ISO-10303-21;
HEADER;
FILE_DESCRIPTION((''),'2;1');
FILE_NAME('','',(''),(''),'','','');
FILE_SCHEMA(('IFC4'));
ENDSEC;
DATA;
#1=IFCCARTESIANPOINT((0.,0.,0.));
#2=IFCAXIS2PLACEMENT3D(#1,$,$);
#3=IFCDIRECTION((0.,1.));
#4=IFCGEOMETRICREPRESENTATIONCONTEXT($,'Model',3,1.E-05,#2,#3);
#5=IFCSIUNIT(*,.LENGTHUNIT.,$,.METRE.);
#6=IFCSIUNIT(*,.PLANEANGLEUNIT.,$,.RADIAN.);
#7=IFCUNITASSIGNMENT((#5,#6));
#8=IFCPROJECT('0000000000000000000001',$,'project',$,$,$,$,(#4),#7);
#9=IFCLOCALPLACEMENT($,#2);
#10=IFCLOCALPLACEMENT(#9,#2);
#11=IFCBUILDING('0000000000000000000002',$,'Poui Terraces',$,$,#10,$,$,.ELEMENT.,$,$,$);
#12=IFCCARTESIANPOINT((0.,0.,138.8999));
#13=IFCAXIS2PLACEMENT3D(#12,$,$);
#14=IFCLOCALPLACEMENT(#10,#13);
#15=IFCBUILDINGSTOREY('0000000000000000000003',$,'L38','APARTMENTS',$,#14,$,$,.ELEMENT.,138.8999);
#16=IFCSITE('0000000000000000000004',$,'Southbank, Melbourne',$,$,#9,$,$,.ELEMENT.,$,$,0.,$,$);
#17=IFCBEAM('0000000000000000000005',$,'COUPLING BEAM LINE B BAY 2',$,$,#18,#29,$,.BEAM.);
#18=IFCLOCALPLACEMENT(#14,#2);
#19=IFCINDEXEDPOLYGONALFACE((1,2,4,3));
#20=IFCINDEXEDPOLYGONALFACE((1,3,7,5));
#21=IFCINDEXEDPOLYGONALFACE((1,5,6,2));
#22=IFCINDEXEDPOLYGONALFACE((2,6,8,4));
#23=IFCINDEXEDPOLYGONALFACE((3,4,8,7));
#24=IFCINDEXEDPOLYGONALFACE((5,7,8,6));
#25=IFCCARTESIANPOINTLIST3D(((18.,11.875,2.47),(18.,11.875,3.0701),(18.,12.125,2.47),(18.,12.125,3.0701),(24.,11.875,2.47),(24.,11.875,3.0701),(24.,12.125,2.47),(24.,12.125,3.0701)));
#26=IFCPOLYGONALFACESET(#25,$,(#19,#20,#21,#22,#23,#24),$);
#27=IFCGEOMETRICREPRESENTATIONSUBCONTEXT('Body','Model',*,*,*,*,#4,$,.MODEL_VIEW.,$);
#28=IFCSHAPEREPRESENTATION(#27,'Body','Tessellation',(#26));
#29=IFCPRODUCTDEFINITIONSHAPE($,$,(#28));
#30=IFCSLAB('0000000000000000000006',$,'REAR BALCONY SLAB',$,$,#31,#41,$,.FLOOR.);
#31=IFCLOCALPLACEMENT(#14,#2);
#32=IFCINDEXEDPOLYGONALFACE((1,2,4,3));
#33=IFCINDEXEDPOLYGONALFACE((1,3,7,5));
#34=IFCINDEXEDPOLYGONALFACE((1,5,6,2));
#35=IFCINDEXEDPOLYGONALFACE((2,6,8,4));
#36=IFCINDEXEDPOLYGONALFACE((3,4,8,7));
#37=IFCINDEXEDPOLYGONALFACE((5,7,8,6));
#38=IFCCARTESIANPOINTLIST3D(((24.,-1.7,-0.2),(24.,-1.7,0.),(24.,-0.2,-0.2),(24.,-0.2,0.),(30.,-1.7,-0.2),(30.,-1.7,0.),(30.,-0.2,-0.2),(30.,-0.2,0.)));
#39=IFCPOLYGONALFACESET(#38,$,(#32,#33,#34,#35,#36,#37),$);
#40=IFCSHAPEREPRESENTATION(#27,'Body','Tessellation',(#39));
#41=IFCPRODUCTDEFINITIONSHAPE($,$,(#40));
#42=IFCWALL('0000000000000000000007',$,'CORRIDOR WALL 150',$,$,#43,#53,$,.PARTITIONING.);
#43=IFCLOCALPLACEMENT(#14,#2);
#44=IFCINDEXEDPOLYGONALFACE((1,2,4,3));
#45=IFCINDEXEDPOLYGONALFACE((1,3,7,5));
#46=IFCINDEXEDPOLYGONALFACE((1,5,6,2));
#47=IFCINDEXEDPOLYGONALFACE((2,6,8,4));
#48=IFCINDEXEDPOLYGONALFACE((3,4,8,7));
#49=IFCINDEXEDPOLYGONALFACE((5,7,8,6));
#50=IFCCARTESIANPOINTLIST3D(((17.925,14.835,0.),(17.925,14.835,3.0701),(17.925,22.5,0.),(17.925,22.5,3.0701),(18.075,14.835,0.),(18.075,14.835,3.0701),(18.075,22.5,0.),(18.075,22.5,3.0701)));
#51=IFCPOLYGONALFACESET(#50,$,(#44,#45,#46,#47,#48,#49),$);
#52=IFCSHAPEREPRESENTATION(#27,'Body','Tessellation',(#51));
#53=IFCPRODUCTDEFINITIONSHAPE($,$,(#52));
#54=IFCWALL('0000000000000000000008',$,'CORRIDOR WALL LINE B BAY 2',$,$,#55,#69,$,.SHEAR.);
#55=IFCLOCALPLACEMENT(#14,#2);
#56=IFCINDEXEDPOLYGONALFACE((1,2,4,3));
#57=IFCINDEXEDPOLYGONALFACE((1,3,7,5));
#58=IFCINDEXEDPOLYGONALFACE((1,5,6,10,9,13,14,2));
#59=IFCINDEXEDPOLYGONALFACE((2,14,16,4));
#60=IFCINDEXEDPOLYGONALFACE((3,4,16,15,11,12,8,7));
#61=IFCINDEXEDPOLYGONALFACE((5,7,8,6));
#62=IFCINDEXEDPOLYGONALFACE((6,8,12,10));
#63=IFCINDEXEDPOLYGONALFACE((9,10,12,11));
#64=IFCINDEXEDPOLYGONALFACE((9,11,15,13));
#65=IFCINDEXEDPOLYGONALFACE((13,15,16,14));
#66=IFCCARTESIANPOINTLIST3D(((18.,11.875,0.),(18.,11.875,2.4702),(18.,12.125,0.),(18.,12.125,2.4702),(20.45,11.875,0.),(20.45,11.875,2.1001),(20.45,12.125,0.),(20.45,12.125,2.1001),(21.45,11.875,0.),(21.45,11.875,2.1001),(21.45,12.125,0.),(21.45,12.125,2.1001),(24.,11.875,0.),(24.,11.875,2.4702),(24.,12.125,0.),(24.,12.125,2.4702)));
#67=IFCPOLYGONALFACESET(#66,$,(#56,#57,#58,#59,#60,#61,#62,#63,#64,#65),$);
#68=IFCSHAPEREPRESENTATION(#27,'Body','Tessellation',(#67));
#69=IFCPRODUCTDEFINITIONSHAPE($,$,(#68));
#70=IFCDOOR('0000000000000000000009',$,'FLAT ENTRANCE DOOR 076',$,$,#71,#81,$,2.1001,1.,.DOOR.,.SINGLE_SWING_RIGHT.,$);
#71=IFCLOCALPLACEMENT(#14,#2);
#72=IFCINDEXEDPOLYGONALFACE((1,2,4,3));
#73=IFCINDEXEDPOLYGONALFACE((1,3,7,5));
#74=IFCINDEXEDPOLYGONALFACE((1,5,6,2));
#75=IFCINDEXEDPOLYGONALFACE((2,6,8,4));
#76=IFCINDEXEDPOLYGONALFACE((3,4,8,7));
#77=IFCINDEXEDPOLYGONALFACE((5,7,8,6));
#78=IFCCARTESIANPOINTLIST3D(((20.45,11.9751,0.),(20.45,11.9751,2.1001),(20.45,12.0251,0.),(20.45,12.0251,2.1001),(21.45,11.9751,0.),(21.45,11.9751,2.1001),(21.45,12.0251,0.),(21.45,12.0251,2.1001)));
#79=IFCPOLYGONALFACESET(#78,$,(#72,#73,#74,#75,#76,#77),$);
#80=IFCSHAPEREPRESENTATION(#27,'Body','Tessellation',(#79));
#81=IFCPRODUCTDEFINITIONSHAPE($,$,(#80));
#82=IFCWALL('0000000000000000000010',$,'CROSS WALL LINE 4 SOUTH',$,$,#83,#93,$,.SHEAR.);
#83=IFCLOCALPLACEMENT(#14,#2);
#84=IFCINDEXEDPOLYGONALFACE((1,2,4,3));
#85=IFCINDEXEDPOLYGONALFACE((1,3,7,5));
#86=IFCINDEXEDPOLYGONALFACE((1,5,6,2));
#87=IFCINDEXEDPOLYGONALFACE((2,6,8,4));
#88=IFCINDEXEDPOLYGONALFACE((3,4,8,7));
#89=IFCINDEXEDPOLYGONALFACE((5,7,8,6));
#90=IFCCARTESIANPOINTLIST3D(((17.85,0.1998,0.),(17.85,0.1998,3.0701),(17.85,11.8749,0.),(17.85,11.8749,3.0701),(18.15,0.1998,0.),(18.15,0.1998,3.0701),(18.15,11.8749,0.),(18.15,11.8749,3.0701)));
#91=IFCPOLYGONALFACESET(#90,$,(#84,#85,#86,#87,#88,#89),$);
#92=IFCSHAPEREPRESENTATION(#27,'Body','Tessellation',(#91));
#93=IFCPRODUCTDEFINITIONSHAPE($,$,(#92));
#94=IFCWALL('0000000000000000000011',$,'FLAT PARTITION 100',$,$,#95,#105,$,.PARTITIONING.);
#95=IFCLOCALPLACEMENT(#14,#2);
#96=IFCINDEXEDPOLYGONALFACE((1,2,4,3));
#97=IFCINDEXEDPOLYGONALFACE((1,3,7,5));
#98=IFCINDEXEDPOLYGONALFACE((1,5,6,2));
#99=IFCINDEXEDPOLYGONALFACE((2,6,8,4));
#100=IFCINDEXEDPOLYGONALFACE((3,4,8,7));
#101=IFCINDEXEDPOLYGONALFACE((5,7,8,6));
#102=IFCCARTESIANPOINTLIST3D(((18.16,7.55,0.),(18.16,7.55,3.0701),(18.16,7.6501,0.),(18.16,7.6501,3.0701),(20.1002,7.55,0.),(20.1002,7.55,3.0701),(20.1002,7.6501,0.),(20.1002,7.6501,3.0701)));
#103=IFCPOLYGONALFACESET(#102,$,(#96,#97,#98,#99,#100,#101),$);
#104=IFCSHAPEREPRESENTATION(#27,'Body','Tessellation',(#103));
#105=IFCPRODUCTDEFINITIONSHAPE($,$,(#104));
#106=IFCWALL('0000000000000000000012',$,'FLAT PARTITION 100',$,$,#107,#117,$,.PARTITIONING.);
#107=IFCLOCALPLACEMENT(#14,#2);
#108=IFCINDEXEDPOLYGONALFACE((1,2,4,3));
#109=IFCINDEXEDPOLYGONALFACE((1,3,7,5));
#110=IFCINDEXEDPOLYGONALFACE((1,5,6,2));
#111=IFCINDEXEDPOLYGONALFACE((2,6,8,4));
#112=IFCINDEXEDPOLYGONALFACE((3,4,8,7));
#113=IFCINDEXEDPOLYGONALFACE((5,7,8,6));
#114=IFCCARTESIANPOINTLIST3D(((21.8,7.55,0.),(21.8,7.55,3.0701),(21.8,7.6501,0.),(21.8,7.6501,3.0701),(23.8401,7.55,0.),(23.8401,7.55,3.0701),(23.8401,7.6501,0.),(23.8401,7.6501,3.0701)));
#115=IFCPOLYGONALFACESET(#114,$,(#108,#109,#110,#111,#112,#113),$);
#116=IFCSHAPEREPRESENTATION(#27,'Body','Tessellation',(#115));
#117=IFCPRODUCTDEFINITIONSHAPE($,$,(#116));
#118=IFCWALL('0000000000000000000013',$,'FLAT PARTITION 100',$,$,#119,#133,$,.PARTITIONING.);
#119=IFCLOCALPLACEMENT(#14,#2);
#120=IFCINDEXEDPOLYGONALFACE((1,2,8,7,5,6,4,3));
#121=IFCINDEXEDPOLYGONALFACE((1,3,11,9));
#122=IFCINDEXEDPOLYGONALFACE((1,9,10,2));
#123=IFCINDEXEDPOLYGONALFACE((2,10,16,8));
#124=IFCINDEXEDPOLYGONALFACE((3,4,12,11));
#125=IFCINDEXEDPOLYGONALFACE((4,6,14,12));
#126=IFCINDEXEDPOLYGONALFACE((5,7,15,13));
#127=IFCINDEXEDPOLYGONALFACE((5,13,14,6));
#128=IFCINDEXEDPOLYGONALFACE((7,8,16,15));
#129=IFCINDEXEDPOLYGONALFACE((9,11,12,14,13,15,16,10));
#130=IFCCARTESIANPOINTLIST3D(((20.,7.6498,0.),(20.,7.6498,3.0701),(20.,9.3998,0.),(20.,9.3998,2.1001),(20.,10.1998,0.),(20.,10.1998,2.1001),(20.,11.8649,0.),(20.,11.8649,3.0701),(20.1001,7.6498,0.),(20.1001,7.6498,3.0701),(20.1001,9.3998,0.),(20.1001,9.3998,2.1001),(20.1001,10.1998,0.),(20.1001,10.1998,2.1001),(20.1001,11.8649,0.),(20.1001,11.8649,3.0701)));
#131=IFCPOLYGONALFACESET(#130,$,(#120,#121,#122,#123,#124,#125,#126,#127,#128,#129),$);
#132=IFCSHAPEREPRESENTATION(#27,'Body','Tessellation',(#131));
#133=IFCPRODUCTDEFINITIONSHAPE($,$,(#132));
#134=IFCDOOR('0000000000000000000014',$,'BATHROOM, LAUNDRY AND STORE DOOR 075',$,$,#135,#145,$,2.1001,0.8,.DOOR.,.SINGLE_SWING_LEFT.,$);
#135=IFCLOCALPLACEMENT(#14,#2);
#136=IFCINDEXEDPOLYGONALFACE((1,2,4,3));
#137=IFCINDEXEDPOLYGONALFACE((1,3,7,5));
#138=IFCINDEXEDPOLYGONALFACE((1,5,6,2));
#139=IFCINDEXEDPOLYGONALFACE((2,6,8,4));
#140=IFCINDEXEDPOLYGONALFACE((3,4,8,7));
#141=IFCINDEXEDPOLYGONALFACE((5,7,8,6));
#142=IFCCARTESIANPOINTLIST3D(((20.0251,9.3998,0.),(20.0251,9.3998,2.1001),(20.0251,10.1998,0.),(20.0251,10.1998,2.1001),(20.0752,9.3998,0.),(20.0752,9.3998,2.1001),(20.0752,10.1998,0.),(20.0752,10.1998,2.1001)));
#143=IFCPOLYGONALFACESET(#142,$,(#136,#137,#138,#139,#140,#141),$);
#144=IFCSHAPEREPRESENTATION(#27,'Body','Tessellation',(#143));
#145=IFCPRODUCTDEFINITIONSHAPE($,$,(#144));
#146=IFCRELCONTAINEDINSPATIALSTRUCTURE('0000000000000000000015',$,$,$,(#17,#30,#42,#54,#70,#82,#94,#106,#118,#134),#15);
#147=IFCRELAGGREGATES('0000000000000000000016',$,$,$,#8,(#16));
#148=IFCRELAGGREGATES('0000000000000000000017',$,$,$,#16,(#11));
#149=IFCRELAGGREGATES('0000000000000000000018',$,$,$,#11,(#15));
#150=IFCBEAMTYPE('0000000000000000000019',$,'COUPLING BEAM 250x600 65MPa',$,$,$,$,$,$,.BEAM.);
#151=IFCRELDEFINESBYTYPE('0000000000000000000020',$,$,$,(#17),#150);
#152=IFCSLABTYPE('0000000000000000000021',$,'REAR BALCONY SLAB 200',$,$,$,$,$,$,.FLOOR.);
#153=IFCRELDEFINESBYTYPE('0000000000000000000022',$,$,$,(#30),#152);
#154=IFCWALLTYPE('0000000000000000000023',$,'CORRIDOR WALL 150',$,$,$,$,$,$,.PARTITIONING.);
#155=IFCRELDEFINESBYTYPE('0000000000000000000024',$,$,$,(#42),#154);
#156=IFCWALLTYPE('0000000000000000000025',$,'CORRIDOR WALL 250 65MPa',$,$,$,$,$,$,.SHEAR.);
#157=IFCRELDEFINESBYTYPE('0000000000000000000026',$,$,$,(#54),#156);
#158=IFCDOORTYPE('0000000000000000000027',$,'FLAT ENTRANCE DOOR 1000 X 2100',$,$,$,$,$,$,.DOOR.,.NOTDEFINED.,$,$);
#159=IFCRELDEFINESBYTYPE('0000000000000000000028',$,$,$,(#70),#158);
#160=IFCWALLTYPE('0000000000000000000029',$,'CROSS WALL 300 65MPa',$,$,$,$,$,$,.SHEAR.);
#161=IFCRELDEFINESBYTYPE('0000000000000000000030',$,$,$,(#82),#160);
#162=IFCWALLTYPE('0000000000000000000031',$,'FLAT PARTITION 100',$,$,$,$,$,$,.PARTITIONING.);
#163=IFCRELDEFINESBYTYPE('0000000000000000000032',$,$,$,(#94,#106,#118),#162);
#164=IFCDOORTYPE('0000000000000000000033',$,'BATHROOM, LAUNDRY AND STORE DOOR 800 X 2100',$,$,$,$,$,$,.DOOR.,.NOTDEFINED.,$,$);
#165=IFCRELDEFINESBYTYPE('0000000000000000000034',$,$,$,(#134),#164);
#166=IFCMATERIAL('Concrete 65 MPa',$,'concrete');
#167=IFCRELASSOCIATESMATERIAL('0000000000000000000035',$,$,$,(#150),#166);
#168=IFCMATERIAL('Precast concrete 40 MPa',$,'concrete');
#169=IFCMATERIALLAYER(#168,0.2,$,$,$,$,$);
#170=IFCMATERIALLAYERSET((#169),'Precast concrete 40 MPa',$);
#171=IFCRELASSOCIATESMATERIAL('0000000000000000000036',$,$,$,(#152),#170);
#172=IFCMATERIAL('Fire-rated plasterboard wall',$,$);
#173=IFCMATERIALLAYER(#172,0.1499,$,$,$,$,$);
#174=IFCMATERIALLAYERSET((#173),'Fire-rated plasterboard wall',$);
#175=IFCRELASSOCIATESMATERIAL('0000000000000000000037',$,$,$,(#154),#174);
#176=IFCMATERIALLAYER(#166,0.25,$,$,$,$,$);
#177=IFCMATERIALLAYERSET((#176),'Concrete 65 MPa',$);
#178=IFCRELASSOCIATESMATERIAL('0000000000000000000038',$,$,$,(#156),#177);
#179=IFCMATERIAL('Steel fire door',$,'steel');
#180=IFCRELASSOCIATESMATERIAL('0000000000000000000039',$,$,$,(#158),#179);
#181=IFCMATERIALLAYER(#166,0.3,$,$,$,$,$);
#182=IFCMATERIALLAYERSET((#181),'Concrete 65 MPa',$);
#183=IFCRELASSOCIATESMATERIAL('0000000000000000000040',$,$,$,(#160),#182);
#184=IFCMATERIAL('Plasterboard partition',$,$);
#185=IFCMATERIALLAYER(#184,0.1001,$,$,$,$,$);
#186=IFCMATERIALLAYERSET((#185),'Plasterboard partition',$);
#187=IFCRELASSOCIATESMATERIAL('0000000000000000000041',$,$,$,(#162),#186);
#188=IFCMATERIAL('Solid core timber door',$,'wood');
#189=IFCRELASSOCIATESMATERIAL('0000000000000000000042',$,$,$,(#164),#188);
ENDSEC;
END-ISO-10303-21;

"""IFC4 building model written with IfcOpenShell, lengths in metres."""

from ifc_helpers import new_model, si_unit, direction, frame, frame_2d, origin, origin_2d, place, context, subcontext, project, spatial, polyline, rectangle, outline, extrude, source, transform, mapped, material, layer, layer_set, material_profile, profile_set, type_object, element, fill, save


model = new_model("IFC4")

# Units and contexts
model_context = context("Model", 3, precision=1e-05, world=origin(), true_north=direction((0.0, 1.0)))
body_context = subcontext(model_context, "Body", "Model", "MODEL_VIEW")
ifc_project = project(units=[si_unit("LENGTHUNIT", "METRE"), si_unit("PLANEANGLEUNIT", "RADIAN")], contexts=[model_context])

# Site, building, storey
site_placement = place(None, origin())
site = spatial("IfcSite", under=ifc_project, at=site_placement, Name="Southbank, Melbourne", CompositionType="ELEMENT", RefElevation=0.0)
building_placement = place(site_placement, origin())
building = spatial("IfcBuilding", under=site, at=building_placement, Name="Poui Terraces", CompositionType="ELEMENT")
storey_placement = place(building_placement, frame((0.0, 0.0, 138.8999)))
storey = spatial("IfcBuildingStorey", under=building, at=storey_placement, Name="L38", Description="APARTMENTS", CompositionType="ELEMENT", Elevation=138.8999)

# Beam
ifc_material_1 = material(Name="Concrete 65 MPa", Category="concrete")
ifc_material_profile = material_profile(ifc_material_1, rectangle(XDim=0.25, YDim=0.6001, at=origin_2d()), Name="RC 250x600")
ifc_profile_set = profile_set([ifc_material_profile], Name="Concrete 65 MPa")
beam_type = type_object("IfcBeamType", Name="COUPLING BEAM 250x600 65MPa", PredefinedType="BEAM", material=ifc_profile_set)
shared_shape_1 = source(origin(), body_context, "Body", "SweptSolid", [
    extrude(rectangle(XDim=0.25, YDim=0.6001, at=origin_2d()), origin(), (0.0, 0.0, 1.0), 6.0),
])
beam_placement = place(storey_placement, frame((18.0, 12.0, 2.77), z_axis=(1.0, 0.0, 0.0), x_axis=(0.0, 1.0, 0.0)))
element("IfcBeam", 1, at=beam_placement, inside=storey, type_object=beam_type, Name="COUPLING BEAM LINE B BAY 2", PredefinedType="BEAM", context=body_context, shape_type="MappedRepresentation", body=[
    mapped(shared_shape_1, transform((0.0, 0.0, 0.0))),
])

# Slab
ifc_material_2 = material(Name="Precast concrete 40 MPa", Category="concrete")
ifc_layer_1 = layer(ifc_material_2, 0.2)
ifc_layer_set_1 = layer_set([ifc_layer_1], Name="Precast concrete 40 MPa")
slab_type = type_object("IfcSlabType", Name="REAR BALCONY SLAB 200", PredefinedType="FLOOR", material=ifc_layer_set_1)
shared_shape_2 = source(origin(), body_context, "Body", "SweptSolid", [
    extrude(outline(polyline([(0.0, 0.0), (6.0, 0.0), (6.0, 1.5), (0.0, 1.5), (0.0, 0.0)])), origin(), (0.0, 0.0, 1.0), 0.2),
])
slab_placement = place(storey_placement, frame((24.0, -1.7, -0.2)))
element("IfcSlab", 2, at=slab_placement, inside=storey, type_object=slab_type, Name="REAR BALCONY SLAB", PredefinedType="FLOOR", context=body_context, shape_type="MappedRepresentation", body=[
    mapped(shared_shape_2, transform((0.0, 0.0, 0.0))),
])

# Wall
ifc_material_3 = material(Name="Fire-rated plasterboard wall")
ifc_layer_2 = layer(ifc_material_3, 0.1499)
ifc_layer_set_2 = layer_set([ifc_layer_2], Name="Fire-rated plasterboard wall")
wall_type_1 = type_object("IfcWallType", Name="CORRIDOR WALL 150", PredefinedType="PARTITIONING", material=ifc_layer_set_2)
wall_1_placement = place(storey_placement, frame((18.0, 14.835, 0.0), z_axis=(0.0, 0.0, 1.0), x_axis=(0.0, 1.0, 0.0)))
element("IfcWall", 3, at=wall_1_placement, inside=storey, type_object=wall_type_1, Name="CORRIDOR WALL 150", PredefinedType="PARTITIONING", context=body_context, shape_type="SweptSolid", body=[
    extrude(rectangle(XDim=7.665, YDim=0.1499, at=frame_2d((3.8325, 0.0))), origin(), (0.0, 0.0, 1.0), 3.0701),
])

# Wall, opening, door
ifc_layer_3 = layer(ifc_material_1, 0.25)
ifc_layer_set_3 = layer_set([ifc_layer_3], Name="Concrete 65 MPa")
wall_type_2 = type_object("IfcWallType", Name="CORRIDOR WALL 250 65MPa", PredefinedType="SHEAR", material=ifc_layer_set_3)
wall_2_placement = place(storey_placement, frame((18.0, 12.0, 0.0), z_axis=(0.0, 0.0, 1.0), x_axis=(1.0, 0.0, 0.0)))
wall_2 = element("IfcWall", 4, at=wall_2_placement, inside=storey, type_object=wall_type_2, Name="CORRIDOR WALL LINE B BAY 2", PredefinedType="SHEAR", context=body_context, shape_type="SweptSolid", body=[
    extrude(rectangle(XDim=6.0, YDim=0.25, at=frame_2d((3.0, 0.0))), origin(), (0.0, 0.0, 1.0), 2.4702),
])
opening_1_placement = place(wall_2_placement, frame((2.45, 0.0, 0.0)))
opening_1 = element("IfcOpeningElement", 5, at=opening_1_placement, cuts=wall_2, PredefinedType="OPENING", context=body_context, shape_type="SweptSolid", body=[
    extrude(rectangle(XDim=1.0, YDim=2.1001, at=frame_2d((0.5, 1.05))), frame((0.0, 0.135, 0.0), z_axis=(0.0, -1.0, 0.0), x_axis=(1.0, 0.0, 0.0)), (0.0, 0.0, 1.0), 0.27),
])
ifc_material_4 = material(Name="Steel fire door", Category="steel")
door_type_1 = type_object("IfcDoorType", Name="FLAT ENTRANCE DOOR 1000 X 2100", OperationType="NOTDEFINED", PredefinedType="DOOR", material=ifc_material_4)
door_1_placement = place(opening_1_placement, frame((1.0, 0.0, 0.0), z_axis=(0.0, 0.0, 1.0), x_axis=(-1.0, 0.0, 0.0)))
door_1 = element("IfcDoor", 6, at=door_1_placement, inside=storey, type_object=door_type_1, Name="FLAT ENTRANCE DOOR 076", OperationType="SINGLE_SWING_RIGHT", OverallHeight=2.1001, OverallWidth=1.0, PredefinedType="DOOR", context=body_context, shape_type="SweptSolid", body=[
    extrude(rectangle(XDim=1.0, YDim=2.1001, at=frame_2d((0.5, 1.05))), frame((0.0, 0.0249, 0.0), z_axis=(0.0, -1.0, 0.0), x_axis=(1.0, 0.0, 0.0)), (0.0, 0.0, 1.0), 0.05),
])
fill(opening_1, door_1)

# Walls
ifc_layer_4 = layer(ifc_material_1, 0.3)
ifc_layer_set_4 = layer_set([ifc_layer_4], Name="Concrete 65 MPa")
wall_type_3 = type_object("IfcWallType", Name="CROSS WALL 300 65MPa", PredefinedType="SHEAR", material=ifc_layer_set_4)
wall_3_placement = place(storey_placement, frame((18.0, 0.2, 0.0), z_axis=(0.0, 0.0, 1.0), x_axis=(0.0, 1.0, 0.0)))
element("IfcWall", 7, at=wall_3_placement, inside=storey, type_object=wall_type_3, Name="CROSS WALL LINE 4 SOUTH", PredefinedType="SHEAR", context=body_context, shape_type="SweptSolid", body=[
    extrude(rectangle(XDim=11.675, YDim=0.3, at=frame_2d((5.8374, 0.0))), origin(), (0.0, 0.0, 1.0), 3.0701),
])
ifc_material_5 = material(Name="Plasterboard partition")
ifc_layer_5 = layer(ifc_material_5, 0.1001)
ifc_layer_set_5 = layer_set([ifc_layer_5], Name="Plasterboard partition")
wall_type_4 = type_object("IfcWallType", Name="FLAT PARTITION 100", PredefinedType="PARTITIONING", material=ifc_layer_set_5)
wall_4_placement = place(storey_placement, frame((18.1599, 7.6001, 0.0), z_axis=(0.0, 0.0, 1.0), x_axis=(1.0, 0.0, 0.0)))
element("IfcWall", 8, at=wall_4_placement, inside=storey, type_object=wall_type_4, Name="FLAT PARTITION 100", PredefinedType="PARTITIONING", context=body_context, shape_type="SweptSolid", body=[
    extrude(rectangle(XDim=1.9402, YDim=0.1001, at=frame_2d((0.9702, 0.0))), origin(), (0.0, 0.0, 1.0), 3.0701),
])
wall_5_placement = place(storey_placement, frame((21.8, 7.6001, 0.0), z_axis=(0.0, 0.0, 1.0), x_axis=(1.0, 0.0, 0.0)))
element("IfcWall", 9, at=wall_5_placement, inside=storey, type_object=wall_type_4, Name="FLAT PARTITION 100", PredefinedType="PARTITIONING", context=body_context, shape_type="SweptSolid", body=[
    extrude(rectangle(XDim=2.04, YDim=0.1001, at=frame_2d((1.02, 0.0))), origin(), (0.0, 0.0, 1.0), 3.0701),
])

# Wall, opening, door
wall_6_placement = place(storey_placement, frame((20.05, 7.6499, 0.0), z_axis=(0.0, 0.0, 1.0), x_axis=(0.0, 1.0, 0.0)))
wall_6 = element("IfcWall", 10, at=wall_6_placement, inside=storey, type_object=wall_type_4, Name="FLAT PARTITION 100", PredefinedType="PARTITIONING", context=body_context, shape_type="SweptSolid", body=[
    extrude(rectangle(XDim=4.2151, YDim=0.1001, at=frame_2d((2.1074, 0.0))), origin(), (0.0, 0.0, 1.0), 3.0701),
])
opening_2_placement = place(wall_6_placement, frame((1.75, 0.0, 0.0)))
opening_2 = element("IfcOpeningElement", 11, at=opening_2_placement, cuts=wall_6, PredefinedType="OPENING", context=body_context, shape_type="SweptSolid", body=[
    extrude(rectangle(XDim=0.8, YDim=2.1001, at=frame_2d((0.3999, 1.05))), frame((0.0, 0.0601, 0.0), z_axis=(0.0, -1.0, 0.0), x_axis=(1.0, 0.0, 0.0)), (0.0, 0.0, 1.0), 0.1201),
])
ifc_material_6 = material(Name="Solid core timber door", Category="wood")
door_type_2 = type_object("IfcDoorType", Name="BATHROOM, LAUNDRY AND STORE DOOR 800 X 2100", OperationType="NOTDEFINED", PredefinedType="DOOR", material=ifc_material_6)
door_2_placement = place(opening_2_placement, origin())
door_2 = element("IfcDoor", 12, at=door_2_placement, inside=storey, type_object=door_type_2, Name="BATHROOM, LAUNDRY AND STORE DOOR 075", OperationType="SINGLE_SWING_LEFT", OverallHeight=2.1001, OverallWidth=0.8, PredefinedType="DOOR", context=body_context, shape_type="SweptSolid", body=[
    extrude(rectangle(XDim=0.8, YDim=2.1001, at=frame_2d((0.3999, 1.05))), frame((0.0, 0.0249, 0.0), z_axis=(0.0, -1.0, 0.0), x_axis=(1.0, 0.0, 0.0)), (0.0, 0.0, 1.0), 0.05),
])
fill(opening_2, door_2)

save(model, "model.ifc")
